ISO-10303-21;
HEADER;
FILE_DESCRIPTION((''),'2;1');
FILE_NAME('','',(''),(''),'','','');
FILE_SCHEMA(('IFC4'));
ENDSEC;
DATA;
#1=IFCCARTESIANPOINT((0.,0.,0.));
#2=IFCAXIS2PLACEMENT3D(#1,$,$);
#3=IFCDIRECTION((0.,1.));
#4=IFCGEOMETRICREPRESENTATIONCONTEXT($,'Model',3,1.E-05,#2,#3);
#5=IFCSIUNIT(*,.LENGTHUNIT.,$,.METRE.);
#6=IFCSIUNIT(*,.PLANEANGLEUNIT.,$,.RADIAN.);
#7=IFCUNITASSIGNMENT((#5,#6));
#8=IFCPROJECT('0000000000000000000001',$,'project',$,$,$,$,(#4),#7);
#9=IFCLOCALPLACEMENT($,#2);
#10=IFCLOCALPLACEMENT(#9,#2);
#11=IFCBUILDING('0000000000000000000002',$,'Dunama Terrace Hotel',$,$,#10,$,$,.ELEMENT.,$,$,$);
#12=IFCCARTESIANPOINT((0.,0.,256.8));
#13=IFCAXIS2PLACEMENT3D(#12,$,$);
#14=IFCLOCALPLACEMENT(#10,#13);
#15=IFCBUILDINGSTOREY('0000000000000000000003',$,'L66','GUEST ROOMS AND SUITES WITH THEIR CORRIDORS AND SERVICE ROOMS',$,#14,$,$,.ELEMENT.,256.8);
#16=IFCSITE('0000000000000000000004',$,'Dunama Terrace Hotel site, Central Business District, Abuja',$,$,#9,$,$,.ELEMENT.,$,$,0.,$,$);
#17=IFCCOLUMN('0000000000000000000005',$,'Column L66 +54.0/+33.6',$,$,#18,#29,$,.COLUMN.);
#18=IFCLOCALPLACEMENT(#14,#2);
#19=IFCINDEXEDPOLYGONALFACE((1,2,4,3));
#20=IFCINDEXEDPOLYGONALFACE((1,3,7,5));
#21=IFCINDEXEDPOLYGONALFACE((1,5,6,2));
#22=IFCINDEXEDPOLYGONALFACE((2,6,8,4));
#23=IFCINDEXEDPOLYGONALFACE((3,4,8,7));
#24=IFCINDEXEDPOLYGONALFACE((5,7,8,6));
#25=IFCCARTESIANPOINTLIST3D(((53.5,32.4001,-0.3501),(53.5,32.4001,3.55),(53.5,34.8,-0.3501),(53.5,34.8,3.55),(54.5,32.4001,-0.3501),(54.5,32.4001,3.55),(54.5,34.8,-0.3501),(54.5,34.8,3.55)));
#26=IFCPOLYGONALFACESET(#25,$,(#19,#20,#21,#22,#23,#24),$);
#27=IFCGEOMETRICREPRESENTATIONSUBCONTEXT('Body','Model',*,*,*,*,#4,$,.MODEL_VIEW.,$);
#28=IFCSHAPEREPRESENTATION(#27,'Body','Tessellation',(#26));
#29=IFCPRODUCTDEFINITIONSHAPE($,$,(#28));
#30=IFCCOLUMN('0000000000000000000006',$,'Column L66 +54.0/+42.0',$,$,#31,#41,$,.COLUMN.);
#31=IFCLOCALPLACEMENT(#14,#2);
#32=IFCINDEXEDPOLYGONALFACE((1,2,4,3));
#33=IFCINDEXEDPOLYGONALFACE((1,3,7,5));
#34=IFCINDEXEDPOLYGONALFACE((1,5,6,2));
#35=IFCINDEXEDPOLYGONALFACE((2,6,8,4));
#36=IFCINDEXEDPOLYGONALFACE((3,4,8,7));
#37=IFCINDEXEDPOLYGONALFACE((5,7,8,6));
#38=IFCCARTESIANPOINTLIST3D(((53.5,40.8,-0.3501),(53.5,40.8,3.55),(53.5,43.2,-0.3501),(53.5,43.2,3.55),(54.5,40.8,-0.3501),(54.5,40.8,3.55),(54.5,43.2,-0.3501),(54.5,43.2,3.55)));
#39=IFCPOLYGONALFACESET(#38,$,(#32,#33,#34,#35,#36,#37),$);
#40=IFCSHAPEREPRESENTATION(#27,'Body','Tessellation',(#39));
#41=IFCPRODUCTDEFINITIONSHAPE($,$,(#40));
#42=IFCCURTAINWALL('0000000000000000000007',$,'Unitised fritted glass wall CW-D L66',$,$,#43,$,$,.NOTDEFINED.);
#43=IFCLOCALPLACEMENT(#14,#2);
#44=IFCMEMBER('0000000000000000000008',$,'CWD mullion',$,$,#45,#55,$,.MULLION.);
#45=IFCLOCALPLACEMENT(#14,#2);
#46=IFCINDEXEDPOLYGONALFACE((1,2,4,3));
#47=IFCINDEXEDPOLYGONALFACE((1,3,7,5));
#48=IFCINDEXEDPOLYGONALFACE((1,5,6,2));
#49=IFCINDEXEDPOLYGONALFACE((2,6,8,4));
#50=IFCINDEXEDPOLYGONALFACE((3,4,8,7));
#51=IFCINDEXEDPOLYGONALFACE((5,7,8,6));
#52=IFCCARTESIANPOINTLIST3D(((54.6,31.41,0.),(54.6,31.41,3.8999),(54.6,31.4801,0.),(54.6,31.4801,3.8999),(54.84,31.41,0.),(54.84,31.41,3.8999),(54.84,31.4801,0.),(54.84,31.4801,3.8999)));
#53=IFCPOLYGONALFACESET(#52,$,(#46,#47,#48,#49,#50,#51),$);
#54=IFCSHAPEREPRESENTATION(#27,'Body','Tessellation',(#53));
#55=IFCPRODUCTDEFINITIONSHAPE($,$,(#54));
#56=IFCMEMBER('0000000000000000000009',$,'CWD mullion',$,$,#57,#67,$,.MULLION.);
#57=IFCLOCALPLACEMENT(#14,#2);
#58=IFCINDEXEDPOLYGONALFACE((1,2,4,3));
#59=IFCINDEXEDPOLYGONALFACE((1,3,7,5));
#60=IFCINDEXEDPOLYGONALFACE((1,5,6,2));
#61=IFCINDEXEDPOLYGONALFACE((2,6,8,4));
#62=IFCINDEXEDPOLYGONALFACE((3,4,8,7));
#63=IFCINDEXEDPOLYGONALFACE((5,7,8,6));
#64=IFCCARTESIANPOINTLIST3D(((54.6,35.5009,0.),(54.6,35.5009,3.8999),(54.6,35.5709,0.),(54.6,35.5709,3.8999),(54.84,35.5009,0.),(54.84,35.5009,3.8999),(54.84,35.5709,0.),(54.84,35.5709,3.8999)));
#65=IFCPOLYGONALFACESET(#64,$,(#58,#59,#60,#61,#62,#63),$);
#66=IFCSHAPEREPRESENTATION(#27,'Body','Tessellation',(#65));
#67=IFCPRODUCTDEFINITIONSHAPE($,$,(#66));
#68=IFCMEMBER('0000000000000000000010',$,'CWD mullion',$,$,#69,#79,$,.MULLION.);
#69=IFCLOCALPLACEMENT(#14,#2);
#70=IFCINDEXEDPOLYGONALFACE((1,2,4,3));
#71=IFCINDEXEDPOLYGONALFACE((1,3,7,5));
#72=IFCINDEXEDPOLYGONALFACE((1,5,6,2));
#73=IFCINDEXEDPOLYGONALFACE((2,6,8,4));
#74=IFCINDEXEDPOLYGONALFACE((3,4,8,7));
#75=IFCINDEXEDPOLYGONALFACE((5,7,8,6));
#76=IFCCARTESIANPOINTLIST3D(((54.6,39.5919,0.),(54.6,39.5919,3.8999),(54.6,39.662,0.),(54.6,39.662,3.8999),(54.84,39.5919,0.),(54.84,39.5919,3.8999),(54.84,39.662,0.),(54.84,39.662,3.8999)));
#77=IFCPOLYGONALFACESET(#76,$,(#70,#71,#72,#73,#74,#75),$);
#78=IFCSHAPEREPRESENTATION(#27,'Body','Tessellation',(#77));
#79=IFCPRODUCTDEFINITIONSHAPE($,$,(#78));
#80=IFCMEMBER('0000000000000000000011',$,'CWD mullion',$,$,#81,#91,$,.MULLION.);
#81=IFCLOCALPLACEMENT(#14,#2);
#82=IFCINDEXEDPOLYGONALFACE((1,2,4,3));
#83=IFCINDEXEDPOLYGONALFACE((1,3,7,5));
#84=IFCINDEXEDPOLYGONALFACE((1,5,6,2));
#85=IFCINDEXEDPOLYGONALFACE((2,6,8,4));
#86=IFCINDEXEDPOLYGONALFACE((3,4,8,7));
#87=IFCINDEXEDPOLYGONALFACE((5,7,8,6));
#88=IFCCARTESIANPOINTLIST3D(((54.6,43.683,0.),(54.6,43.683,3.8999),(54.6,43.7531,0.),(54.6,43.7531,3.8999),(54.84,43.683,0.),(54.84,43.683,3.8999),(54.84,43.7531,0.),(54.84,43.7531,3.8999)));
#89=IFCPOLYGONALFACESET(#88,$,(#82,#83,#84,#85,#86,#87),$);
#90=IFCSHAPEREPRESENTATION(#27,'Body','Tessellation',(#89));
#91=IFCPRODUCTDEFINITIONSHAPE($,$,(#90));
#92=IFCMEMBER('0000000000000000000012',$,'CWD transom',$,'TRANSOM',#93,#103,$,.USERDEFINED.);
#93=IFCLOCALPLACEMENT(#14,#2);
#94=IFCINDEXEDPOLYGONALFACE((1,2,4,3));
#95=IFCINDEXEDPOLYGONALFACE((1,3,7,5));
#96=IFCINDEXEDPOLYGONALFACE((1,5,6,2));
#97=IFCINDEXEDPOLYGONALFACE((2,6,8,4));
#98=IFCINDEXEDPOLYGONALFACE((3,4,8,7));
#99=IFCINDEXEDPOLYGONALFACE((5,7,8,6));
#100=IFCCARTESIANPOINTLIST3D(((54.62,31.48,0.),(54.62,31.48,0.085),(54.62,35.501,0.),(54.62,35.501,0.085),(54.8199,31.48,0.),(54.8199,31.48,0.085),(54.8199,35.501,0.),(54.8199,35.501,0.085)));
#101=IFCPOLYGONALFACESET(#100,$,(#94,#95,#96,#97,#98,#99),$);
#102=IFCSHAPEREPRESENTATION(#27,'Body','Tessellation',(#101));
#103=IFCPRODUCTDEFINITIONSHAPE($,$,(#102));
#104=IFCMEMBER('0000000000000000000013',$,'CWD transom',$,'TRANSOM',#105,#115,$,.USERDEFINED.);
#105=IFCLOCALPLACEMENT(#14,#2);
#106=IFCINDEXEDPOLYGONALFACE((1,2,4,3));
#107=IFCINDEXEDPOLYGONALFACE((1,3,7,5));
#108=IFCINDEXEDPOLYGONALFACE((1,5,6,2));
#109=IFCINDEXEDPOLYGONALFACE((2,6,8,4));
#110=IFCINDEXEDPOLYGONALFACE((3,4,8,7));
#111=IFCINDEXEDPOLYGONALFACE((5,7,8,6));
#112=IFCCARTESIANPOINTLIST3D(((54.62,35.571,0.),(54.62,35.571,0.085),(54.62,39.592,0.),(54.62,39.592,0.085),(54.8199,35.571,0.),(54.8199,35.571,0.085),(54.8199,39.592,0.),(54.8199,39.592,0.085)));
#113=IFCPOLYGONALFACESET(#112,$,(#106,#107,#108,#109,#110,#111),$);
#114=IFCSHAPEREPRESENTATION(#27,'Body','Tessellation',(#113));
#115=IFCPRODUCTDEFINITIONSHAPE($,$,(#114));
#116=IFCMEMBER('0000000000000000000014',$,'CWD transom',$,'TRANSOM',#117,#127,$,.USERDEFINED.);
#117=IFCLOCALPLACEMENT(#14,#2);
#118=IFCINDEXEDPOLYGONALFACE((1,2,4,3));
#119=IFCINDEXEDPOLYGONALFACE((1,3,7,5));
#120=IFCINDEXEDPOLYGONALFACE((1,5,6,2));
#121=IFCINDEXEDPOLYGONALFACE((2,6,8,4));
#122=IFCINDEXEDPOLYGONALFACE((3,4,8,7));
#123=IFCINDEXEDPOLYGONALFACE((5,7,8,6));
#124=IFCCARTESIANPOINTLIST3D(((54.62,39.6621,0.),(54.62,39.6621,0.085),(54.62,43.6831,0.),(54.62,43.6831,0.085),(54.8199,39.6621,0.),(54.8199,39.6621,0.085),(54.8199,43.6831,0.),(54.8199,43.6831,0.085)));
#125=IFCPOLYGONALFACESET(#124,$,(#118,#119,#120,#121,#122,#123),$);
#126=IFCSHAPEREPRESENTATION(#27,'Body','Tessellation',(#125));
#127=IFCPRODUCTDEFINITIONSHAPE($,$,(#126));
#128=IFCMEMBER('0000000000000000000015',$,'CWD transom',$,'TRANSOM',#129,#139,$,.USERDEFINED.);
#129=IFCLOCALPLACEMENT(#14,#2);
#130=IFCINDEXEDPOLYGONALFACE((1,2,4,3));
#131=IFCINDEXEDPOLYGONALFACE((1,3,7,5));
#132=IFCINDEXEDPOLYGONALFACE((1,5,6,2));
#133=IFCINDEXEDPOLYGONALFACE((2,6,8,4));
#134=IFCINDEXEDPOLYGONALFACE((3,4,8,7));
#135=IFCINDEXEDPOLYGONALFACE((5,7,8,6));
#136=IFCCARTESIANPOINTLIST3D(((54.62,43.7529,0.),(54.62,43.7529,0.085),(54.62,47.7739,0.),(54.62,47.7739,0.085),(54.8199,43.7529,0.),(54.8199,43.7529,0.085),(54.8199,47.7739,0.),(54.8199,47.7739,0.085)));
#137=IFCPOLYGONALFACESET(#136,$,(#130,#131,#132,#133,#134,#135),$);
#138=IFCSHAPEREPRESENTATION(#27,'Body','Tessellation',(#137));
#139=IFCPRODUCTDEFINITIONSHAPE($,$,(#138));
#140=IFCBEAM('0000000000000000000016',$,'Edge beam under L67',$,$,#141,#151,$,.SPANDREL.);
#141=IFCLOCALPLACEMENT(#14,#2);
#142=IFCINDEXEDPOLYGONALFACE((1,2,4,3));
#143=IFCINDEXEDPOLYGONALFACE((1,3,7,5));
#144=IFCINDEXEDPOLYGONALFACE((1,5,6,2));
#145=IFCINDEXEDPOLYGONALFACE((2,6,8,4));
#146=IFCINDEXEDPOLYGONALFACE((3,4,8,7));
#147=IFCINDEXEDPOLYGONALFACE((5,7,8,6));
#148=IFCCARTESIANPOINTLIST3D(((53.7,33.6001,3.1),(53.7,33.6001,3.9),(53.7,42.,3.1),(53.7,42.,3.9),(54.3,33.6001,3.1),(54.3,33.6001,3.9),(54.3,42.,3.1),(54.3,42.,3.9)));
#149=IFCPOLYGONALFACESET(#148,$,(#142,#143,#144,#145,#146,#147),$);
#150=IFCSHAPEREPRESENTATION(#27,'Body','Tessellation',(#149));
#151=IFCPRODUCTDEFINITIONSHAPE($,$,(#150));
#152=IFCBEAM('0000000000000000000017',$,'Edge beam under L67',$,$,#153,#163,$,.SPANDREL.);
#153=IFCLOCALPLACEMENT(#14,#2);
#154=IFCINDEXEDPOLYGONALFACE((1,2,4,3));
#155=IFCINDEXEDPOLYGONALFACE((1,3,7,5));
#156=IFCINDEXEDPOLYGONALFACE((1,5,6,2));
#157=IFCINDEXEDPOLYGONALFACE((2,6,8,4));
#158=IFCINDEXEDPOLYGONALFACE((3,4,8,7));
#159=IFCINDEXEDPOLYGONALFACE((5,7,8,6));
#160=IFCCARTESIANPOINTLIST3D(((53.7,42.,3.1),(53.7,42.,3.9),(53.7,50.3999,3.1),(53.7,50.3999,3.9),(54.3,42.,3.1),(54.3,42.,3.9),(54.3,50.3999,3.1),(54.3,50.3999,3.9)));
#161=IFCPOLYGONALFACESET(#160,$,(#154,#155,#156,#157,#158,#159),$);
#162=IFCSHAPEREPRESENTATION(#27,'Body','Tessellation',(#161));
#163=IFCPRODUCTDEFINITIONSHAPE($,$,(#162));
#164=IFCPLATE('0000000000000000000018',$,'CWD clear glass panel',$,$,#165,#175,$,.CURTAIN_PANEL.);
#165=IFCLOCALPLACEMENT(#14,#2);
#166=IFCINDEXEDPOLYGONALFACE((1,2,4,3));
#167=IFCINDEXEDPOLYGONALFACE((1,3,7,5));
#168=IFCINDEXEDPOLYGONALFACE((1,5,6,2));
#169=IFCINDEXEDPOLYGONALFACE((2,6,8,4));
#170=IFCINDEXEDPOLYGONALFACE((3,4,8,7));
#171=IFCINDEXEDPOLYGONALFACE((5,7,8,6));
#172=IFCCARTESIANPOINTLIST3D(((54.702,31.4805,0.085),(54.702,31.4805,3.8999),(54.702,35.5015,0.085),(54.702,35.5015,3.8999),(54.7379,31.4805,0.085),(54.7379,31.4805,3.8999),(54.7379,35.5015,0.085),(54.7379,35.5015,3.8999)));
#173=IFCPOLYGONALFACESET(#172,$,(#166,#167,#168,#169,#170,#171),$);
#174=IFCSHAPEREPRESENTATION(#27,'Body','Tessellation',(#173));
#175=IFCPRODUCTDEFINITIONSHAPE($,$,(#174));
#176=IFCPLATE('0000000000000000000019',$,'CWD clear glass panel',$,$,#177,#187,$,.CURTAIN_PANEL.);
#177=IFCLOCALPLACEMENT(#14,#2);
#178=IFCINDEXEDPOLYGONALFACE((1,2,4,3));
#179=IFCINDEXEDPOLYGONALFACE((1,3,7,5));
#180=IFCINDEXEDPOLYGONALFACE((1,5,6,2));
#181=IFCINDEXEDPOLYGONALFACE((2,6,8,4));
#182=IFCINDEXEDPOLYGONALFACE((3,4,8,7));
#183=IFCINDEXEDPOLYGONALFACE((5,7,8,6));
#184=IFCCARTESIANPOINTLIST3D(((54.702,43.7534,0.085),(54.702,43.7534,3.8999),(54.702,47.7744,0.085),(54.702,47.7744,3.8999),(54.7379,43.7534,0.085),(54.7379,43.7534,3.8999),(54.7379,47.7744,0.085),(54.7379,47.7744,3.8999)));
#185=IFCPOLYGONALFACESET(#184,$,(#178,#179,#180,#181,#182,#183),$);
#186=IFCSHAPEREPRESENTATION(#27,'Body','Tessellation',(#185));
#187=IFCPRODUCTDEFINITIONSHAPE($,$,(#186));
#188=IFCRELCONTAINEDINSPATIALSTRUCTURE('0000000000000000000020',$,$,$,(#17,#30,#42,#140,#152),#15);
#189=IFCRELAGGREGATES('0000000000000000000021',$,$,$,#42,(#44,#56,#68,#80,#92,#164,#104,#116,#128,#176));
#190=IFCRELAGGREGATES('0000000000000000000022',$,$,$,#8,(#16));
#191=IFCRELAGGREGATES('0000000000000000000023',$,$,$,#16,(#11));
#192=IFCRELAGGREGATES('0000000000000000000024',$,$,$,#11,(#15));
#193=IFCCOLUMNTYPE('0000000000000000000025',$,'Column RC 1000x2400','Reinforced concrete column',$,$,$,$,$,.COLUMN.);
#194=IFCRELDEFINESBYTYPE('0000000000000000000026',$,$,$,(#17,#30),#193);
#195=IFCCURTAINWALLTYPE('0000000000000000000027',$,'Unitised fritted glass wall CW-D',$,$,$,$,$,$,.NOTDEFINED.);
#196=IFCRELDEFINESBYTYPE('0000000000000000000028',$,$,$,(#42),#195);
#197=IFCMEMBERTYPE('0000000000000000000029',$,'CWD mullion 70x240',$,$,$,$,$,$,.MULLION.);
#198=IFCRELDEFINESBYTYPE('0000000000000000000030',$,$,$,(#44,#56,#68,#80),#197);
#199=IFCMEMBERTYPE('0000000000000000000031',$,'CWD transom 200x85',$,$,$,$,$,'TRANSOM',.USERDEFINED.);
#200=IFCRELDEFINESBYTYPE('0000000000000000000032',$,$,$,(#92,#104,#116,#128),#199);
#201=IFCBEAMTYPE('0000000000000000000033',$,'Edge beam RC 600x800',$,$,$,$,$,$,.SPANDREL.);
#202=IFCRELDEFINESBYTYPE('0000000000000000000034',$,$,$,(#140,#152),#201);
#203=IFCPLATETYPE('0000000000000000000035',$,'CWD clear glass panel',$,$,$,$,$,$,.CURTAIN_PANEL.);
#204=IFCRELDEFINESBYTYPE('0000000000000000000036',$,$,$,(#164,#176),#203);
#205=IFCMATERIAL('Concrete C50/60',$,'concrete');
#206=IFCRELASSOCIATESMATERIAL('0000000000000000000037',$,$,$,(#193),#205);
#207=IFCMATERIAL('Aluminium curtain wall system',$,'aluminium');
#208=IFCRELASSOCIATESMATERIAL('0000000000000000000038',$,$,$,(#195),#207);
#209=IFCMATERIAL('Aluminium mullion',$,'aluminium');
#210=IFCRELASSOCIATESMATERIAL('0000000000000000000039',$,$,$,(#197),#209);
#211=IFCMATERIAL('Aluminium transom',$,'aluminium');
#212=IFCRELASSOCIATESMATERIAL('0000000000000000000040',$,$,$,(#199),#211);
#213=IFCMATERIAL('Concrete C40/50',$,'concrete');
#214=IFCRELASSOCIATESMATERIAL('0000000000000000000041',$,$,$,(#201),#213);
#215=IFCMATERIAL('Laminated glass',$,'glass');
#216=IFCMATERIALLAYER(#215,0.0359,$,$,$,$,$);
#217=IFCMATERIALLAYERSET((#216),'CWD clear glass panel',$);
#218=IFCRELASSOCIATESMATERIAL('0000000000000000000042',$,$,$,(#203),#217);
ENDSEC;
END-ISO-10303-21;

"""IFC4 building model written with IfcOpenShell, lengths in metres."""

from ifc_helpers import new_model, si_unit, direction, frame, origin, origin_2d, place, context, subcontext, project, spatial, rectangle, extrude, material, layer, layer_set, material_profile, profile_set, type_object, element, aggregate, save


model = new_model("IFC4")

# Units and contexts
model_context = context("Model", 3, precision=1e-05, world=origin(), true_north=direction((0.0, 1.0)))
body_context = subcontext(model_context, "Body", "Model", "MODEL_VIEW")
ifc_project = project(units=[si_unit("LENGTHUNIT", "METRE"), si_unit("PLANEANGLEUNIT", "RADIAN")], contexts=[model_context])

# Site, building, storey
site_placement = place(None, origin())
site = spatial("IfcSite", under=ifc_project, at=site_placement, Name="Dunama Terrace Hotel site, Central Business District, Abuja", CompositionType="ELEMENT", RefElevation=0.0)
building_placement = place(site_placement, origin())
building = spatial("IfcBuilding", under=site, at=building_placement, Name="Dunama Terrace Hotel", CompositionType="ELEMENT")
storey_placement = place(building_placement, frame((0.0, 0.0, 256.8)))
storey = spatial("IfcBuildingStorey", under=building, at=storey_placement, Name="L66", Description="GUEST ROOMS AND SUITES WITH THEIR CORRIDORS AND SERVICE ROOMS", CompositionType="ELEMENT", Elevation=256.8)

# Columns
ifc_material_1 = material(Name="Concrete C50/60", Category="concrete")
ifc_material_profile_1 = material_profile(ifc_material_1, rectangle(XDim=1.0, YDim=2.3999, at=origin_2d()), Name="RC 1000x2400")
ifc_profile_set_1 = profile_set([ifc_material_profile_1], Name="Concrete C50/60")
column_type = type_object("IfcColumnType", Name="Column RC 1000x2400", Description="Reinforced concrete column", PredefinedType="COLUMN", material=ifc_profile_set_1)
for number, where, z_axis, x_axis, name in (
    (1, (54.0, 33.6001, -0.3501), (0.0, 0.0, 1.0), (1.0, 0.0, 0.0), "Column L66 +54.0/+33.6"),
    (2, (54.0, 42.0, -0.3501), (0.0, 0.0, 1.0), (1.0, 0.0, 0.0), "Column L66 +54.0/+42.0"),
):
    element("IfcColumn", number, at=place(storey_placement, frame(where, z_axis=z_axis, x_axis=x_axis)), inside=storey, type_object=column_type, Name=name, PredefinedType="COLUMN", context=body_context, shape_type="SweptSolid", body=[
        extrude(rectangle(XDim=1.0, YDim=2.3999, at=origin_2d()), origin(), (0.0, 0.0, 1.0), 3.9001),
    ])

# Curtain wall, members
ifc_material_2 = material(Name="Aluminium curtain wall system", Category="aluminium")
curtain_wall_type = type_object("IfcCurtainWallType", Name="Unitised fritted glass wall CW-D", PredefinedType="NOTDEFINED", material=ifc_material_2)
curtain_wall_placement = place(storey_placement, origin())
curtain_wall = element("IfcCurtainWall", 3, at=curtain_wall_placement, inside=storey, type_object=curtain_wall_type, Name="Unitised fritted glass wall CW-D L66", PredefinedType="NOTDEFINED")
ifc_material_3 = material(Name="Aluminium mullion", Category="aluminium")
ifc_material_profile_2 = material_profile(ifc_material_3, rectangle(XDim=0.0701, YDim=0.24, at=origin_2d()), Name="CWD MULLION 70X240")
ifc_profile_set_2 = profile_set([ifc_material_profile_2], Name="Aluminium mullion")
member_type_1 = type_object("IfcMemberType", Name="CWD mullion 70x240", PredefinedType="MULLION", material=ifc_profile_set_2)
member_1_placement = place(storey_placement, frame((54.72, 31.4451, 0.0), z_axis=(0.0, 0.0, 1.0), x_axis=(0.0, 1.0, 0.0)))
member_1 = element("IfcMember", 4, at=member_1_placement, type_object=member_type_1, Name="CWD mullion", PredefinedType="MULLION", context=body_context, shape_type="SweptSolid", body=[
    extrude(rectangle(XDim=0.0701, YDim=0.24, at=origin_2d()), origin(), (0.0, 0.0, 1.0), 3.8999),
])
member_2_placement = place(storey_placement, frame((54.72, 35.5359, 0.0), z_axis=(0.0, 0.0, 1.0), x_axis=(0.0, 1.0, 0.0)))
member_2 = element("IfcMember", 5, at=member_2_placement, type_object=member_type_1, Name="CWD mullion", PredefinedType="MULLION", context=body_context, shape_type="SweptSolid", body=[
    extrude(rectangle(XDim=0.0701, YDim=0.24, at=origin_2d()), origin(), (0.0, 0.0, 1.0), 3.8999),
])
member_3_placement = place(storey_placement, frame((54.72, 39.627, 0.0), z_axis=(0.0, 0.0, 1.0), x_axis=(0.0, 1.0, 0.0)))
member_3 = element("IfcMember", 6, at=member_3_placement, type_object=member_type_1, Name="CWD mullion", PredefinedType="MULLION", context=body_context, shape_type="SweptSolid", body=[
    extrude(rectangle(XDim=0.0701, YDim=0.24, at=origin_2d()), origin(), (0.0, 0.0, 1.0), 3.8999),
])
member_4_placement = place(storey_placement, frame((54.72, 43.718, 0.0), z_axis=(0.0, 0.0, 1.0), x_axis=(0.0, 1.0, 0.0)))
member_4 = element("IfcMember", 7, at=member_4_placement, type_object=member_type_1, Name="CWD mullion", PredefinedType="MULLION", context=body_context, shape_type="SweptSolid", body=[
    extrude(rectangle(XDim=0.0701, YDim=0.24, at=origin_2d()), origin(), (0.0, 0.0, 1.0), 3.8999),
])
ifc_material_4 = material(Name="Aluminium transom", Category="aluminium")
ifc_material_profile_3 = material_profile(ifc_material_4, rectangle(XDim=0.2, YDim=0.085, at=origin_2d()), Name="CWD TRANSOM 200X85")
ifc_profile_set_3 = profile_set([ifc_material_profile_3], Name="Aluminium transom")
member_type_2 = type_object("IfcMemberType", Name="CWD transom 200x85", ElementType="TRANSOM", PredefinedType="USERDEFINED", material=ifc_profile_set_3)
member_5_placement = place(storey_placement, frame((54.72, 31.48, 0.0425), z_axis=(0.0, 1.0, 0.0), x_axis=(-1.0, 0.0, 0.0)))
member_5 = element("IfcMember", 8, at=member_5_placement, type_object=member_type_2, Name="CWD transom", ObjectType="TRANSOM", PredefinedType="USERDEFINED", context=body_context, shape_type="SweptSolid", body=[
    extrude(rectangle(XDim=0.2, YDim=0.085, at=origin_2d()), origin(), (0.0, 0.0, 1.0), 4.021),
])
member_6_placement = place(storey_placement, frame((54.72, 35.571, 0.0425), z_axis=(0.0, 1.0, 0.0), x_axis=(-1.0, 0.0, 0.0)))
member_6 = element("IfcMember", 9, at=member_6_placement, type_object=member_type_2, Name="CWD transom", ObjectType="TRANSOM", PredefinedType="USERDEFINED", context=body_context, shape_type="SweptSolid", body=[
    extrude(rectangle(XDim=0.2, YDim=0.085, at=origin_2d()), origin(), (0.0, 0.0, 1.0), 4.021),
])
member_7_placement = place(storey_placement, frame((54.72, 39.6621, 0.0425), z_axis=(0.0, 1.0, 0.0), x_axis=(-1.0, 0.0, 0.0)))
member_7 = element("IfcMember", 10, at=member_7_placement, type_object=member_type_2, Name="CWD transom", ObjectType="TRANSOM", PredefinedType="USERDEFINED", context=body_context, shape_type="SweptSolid", body=[
    extrude(rectangle(XDim=0.2, YDim=0.085, at=origin_2d()), origin(), (0.0, 0.0, 1.0), 4.021),
])
member_8_placement = place(storey_placement, frame((54.72, 43.7529, 0.0425), z_axis=(0.0, 1.0, 0.0), x_axis=(-1.0, 0.0, 0.0)))
member_8 = element("IfcMember", 11, at=member_8_placement, type_object=member_type_2, Name="CWD transom", ObjectType="TRANSOM", PredefinedType="USERDEFINED", context=body_context, shape_type="SweptSolid", body=[
    extrude(rectangle(XDim=0.2, YDim=0.085, at=origin_2d()), origin(), (0.0, 0.0, 1.0), 4.021),
])

# Beams
ifc_material_5 = material(Name="Concrete C40/50", Category="concrete")
ifc_material_profile_4 = material_profile(ifc_material_5, rectangle(XDim=0.6001, YDim=0.8, at=origin_2d()), Name="RC 600x800")
ifc_profile_set_4 = profile_set([ifc_material_profile_4], Name="Concrete C40/50")
beam_type = type_object("IfcBeamType", Name="Edge beam RC 600x800", PredefinedType="SPANDREL", material=ifc_profile_set_4)
for number, where, z_axis, x_axis, name in (
    (12, (54.0, 33.6001, 3.5), (0.0, 1.0, 0.0), (-1.0, 0.0, 0.0), "Edge beam under L67"),
    (13, (54.0, 42.0, 3.5), (0.0, 1.0, 0.0), (-1.0, 0.0, 0.0), "Edge beam under L67"),
):
    element("IfcBeam", number, at=place(storey_placement, frame(where, z_axis=z_axis, x_axis=x_axis)), inside=storey, type_object=beam_type, Name=name, PredefinedType="SPANDREL", context=body_context, shape_type="SweptSolid", body=[
        extrude(rectangle(XDim=0.6001, YDim=0.8, at=origin_2d()), origin(), (0.0, 0.0, 1.0), 8.3999),
    ])

# Plates
ifc_material_6 = material(Name="Laminated glass", Category="glass")
ifc_layer_1 = layer(ifc_material_6, 0.0359)
ifc_layer_set_1 = layer_set([ifc_layer_1], Name="CWD clear glass panel")
plate_type_1 = type_object("IfcPlateType", Name="CWD clear glass panel", PredefinedType="CURTAIN_PANEL", material=ifc_layer_set_1)
plate_1_placement = place(storey_placement, frame((54.72, 33.491, 0.085), z_axis=(0.0, 0.0, 1.0), x_axis=(0.0, 1.0, 0.0)))
plate_1 = element("IfcPlate", 14, at=plate_1_placement, type_object=plate_type_1, Name="CWD clear glass panel", PredefinedType="CURTAIN_PANEL", context=body_context, shape_type="SweptSolid", body=[
    extrude(rectangle(XDim=4.021, YDim=0.0359, at=origin_2d()), origin(), (0.0, 0.0, 1.0), 3.8149),
])
plate_2_placement = place(storey_placement, frame((54.72, 45.7639, 0.085), z_axis=(0.0, 0.0, 1.0), x_axis=(0.0, 1.0, 0.0)))
plate_2 = element("IfcPlate", 15, at=plate_2_placement, type_object=plate_type_1, Name="CWD clear glass panel", PredefinedType="CURTAIN_PANEL", context=body_context, shape_type="SweptSolid", body=[
    extrude(rectangle(XDim=4.021, YDim=0.0359, at=origin_2d()), origin(), (0.0, 0.0, 1.0), 3.8149),
])
aggregate(curtain_wall, [member_1, member_2, member_3, member_4, member_5, plate_1, member_6, member_7, member_8, plate_2])

save(model, "model.ifc")
